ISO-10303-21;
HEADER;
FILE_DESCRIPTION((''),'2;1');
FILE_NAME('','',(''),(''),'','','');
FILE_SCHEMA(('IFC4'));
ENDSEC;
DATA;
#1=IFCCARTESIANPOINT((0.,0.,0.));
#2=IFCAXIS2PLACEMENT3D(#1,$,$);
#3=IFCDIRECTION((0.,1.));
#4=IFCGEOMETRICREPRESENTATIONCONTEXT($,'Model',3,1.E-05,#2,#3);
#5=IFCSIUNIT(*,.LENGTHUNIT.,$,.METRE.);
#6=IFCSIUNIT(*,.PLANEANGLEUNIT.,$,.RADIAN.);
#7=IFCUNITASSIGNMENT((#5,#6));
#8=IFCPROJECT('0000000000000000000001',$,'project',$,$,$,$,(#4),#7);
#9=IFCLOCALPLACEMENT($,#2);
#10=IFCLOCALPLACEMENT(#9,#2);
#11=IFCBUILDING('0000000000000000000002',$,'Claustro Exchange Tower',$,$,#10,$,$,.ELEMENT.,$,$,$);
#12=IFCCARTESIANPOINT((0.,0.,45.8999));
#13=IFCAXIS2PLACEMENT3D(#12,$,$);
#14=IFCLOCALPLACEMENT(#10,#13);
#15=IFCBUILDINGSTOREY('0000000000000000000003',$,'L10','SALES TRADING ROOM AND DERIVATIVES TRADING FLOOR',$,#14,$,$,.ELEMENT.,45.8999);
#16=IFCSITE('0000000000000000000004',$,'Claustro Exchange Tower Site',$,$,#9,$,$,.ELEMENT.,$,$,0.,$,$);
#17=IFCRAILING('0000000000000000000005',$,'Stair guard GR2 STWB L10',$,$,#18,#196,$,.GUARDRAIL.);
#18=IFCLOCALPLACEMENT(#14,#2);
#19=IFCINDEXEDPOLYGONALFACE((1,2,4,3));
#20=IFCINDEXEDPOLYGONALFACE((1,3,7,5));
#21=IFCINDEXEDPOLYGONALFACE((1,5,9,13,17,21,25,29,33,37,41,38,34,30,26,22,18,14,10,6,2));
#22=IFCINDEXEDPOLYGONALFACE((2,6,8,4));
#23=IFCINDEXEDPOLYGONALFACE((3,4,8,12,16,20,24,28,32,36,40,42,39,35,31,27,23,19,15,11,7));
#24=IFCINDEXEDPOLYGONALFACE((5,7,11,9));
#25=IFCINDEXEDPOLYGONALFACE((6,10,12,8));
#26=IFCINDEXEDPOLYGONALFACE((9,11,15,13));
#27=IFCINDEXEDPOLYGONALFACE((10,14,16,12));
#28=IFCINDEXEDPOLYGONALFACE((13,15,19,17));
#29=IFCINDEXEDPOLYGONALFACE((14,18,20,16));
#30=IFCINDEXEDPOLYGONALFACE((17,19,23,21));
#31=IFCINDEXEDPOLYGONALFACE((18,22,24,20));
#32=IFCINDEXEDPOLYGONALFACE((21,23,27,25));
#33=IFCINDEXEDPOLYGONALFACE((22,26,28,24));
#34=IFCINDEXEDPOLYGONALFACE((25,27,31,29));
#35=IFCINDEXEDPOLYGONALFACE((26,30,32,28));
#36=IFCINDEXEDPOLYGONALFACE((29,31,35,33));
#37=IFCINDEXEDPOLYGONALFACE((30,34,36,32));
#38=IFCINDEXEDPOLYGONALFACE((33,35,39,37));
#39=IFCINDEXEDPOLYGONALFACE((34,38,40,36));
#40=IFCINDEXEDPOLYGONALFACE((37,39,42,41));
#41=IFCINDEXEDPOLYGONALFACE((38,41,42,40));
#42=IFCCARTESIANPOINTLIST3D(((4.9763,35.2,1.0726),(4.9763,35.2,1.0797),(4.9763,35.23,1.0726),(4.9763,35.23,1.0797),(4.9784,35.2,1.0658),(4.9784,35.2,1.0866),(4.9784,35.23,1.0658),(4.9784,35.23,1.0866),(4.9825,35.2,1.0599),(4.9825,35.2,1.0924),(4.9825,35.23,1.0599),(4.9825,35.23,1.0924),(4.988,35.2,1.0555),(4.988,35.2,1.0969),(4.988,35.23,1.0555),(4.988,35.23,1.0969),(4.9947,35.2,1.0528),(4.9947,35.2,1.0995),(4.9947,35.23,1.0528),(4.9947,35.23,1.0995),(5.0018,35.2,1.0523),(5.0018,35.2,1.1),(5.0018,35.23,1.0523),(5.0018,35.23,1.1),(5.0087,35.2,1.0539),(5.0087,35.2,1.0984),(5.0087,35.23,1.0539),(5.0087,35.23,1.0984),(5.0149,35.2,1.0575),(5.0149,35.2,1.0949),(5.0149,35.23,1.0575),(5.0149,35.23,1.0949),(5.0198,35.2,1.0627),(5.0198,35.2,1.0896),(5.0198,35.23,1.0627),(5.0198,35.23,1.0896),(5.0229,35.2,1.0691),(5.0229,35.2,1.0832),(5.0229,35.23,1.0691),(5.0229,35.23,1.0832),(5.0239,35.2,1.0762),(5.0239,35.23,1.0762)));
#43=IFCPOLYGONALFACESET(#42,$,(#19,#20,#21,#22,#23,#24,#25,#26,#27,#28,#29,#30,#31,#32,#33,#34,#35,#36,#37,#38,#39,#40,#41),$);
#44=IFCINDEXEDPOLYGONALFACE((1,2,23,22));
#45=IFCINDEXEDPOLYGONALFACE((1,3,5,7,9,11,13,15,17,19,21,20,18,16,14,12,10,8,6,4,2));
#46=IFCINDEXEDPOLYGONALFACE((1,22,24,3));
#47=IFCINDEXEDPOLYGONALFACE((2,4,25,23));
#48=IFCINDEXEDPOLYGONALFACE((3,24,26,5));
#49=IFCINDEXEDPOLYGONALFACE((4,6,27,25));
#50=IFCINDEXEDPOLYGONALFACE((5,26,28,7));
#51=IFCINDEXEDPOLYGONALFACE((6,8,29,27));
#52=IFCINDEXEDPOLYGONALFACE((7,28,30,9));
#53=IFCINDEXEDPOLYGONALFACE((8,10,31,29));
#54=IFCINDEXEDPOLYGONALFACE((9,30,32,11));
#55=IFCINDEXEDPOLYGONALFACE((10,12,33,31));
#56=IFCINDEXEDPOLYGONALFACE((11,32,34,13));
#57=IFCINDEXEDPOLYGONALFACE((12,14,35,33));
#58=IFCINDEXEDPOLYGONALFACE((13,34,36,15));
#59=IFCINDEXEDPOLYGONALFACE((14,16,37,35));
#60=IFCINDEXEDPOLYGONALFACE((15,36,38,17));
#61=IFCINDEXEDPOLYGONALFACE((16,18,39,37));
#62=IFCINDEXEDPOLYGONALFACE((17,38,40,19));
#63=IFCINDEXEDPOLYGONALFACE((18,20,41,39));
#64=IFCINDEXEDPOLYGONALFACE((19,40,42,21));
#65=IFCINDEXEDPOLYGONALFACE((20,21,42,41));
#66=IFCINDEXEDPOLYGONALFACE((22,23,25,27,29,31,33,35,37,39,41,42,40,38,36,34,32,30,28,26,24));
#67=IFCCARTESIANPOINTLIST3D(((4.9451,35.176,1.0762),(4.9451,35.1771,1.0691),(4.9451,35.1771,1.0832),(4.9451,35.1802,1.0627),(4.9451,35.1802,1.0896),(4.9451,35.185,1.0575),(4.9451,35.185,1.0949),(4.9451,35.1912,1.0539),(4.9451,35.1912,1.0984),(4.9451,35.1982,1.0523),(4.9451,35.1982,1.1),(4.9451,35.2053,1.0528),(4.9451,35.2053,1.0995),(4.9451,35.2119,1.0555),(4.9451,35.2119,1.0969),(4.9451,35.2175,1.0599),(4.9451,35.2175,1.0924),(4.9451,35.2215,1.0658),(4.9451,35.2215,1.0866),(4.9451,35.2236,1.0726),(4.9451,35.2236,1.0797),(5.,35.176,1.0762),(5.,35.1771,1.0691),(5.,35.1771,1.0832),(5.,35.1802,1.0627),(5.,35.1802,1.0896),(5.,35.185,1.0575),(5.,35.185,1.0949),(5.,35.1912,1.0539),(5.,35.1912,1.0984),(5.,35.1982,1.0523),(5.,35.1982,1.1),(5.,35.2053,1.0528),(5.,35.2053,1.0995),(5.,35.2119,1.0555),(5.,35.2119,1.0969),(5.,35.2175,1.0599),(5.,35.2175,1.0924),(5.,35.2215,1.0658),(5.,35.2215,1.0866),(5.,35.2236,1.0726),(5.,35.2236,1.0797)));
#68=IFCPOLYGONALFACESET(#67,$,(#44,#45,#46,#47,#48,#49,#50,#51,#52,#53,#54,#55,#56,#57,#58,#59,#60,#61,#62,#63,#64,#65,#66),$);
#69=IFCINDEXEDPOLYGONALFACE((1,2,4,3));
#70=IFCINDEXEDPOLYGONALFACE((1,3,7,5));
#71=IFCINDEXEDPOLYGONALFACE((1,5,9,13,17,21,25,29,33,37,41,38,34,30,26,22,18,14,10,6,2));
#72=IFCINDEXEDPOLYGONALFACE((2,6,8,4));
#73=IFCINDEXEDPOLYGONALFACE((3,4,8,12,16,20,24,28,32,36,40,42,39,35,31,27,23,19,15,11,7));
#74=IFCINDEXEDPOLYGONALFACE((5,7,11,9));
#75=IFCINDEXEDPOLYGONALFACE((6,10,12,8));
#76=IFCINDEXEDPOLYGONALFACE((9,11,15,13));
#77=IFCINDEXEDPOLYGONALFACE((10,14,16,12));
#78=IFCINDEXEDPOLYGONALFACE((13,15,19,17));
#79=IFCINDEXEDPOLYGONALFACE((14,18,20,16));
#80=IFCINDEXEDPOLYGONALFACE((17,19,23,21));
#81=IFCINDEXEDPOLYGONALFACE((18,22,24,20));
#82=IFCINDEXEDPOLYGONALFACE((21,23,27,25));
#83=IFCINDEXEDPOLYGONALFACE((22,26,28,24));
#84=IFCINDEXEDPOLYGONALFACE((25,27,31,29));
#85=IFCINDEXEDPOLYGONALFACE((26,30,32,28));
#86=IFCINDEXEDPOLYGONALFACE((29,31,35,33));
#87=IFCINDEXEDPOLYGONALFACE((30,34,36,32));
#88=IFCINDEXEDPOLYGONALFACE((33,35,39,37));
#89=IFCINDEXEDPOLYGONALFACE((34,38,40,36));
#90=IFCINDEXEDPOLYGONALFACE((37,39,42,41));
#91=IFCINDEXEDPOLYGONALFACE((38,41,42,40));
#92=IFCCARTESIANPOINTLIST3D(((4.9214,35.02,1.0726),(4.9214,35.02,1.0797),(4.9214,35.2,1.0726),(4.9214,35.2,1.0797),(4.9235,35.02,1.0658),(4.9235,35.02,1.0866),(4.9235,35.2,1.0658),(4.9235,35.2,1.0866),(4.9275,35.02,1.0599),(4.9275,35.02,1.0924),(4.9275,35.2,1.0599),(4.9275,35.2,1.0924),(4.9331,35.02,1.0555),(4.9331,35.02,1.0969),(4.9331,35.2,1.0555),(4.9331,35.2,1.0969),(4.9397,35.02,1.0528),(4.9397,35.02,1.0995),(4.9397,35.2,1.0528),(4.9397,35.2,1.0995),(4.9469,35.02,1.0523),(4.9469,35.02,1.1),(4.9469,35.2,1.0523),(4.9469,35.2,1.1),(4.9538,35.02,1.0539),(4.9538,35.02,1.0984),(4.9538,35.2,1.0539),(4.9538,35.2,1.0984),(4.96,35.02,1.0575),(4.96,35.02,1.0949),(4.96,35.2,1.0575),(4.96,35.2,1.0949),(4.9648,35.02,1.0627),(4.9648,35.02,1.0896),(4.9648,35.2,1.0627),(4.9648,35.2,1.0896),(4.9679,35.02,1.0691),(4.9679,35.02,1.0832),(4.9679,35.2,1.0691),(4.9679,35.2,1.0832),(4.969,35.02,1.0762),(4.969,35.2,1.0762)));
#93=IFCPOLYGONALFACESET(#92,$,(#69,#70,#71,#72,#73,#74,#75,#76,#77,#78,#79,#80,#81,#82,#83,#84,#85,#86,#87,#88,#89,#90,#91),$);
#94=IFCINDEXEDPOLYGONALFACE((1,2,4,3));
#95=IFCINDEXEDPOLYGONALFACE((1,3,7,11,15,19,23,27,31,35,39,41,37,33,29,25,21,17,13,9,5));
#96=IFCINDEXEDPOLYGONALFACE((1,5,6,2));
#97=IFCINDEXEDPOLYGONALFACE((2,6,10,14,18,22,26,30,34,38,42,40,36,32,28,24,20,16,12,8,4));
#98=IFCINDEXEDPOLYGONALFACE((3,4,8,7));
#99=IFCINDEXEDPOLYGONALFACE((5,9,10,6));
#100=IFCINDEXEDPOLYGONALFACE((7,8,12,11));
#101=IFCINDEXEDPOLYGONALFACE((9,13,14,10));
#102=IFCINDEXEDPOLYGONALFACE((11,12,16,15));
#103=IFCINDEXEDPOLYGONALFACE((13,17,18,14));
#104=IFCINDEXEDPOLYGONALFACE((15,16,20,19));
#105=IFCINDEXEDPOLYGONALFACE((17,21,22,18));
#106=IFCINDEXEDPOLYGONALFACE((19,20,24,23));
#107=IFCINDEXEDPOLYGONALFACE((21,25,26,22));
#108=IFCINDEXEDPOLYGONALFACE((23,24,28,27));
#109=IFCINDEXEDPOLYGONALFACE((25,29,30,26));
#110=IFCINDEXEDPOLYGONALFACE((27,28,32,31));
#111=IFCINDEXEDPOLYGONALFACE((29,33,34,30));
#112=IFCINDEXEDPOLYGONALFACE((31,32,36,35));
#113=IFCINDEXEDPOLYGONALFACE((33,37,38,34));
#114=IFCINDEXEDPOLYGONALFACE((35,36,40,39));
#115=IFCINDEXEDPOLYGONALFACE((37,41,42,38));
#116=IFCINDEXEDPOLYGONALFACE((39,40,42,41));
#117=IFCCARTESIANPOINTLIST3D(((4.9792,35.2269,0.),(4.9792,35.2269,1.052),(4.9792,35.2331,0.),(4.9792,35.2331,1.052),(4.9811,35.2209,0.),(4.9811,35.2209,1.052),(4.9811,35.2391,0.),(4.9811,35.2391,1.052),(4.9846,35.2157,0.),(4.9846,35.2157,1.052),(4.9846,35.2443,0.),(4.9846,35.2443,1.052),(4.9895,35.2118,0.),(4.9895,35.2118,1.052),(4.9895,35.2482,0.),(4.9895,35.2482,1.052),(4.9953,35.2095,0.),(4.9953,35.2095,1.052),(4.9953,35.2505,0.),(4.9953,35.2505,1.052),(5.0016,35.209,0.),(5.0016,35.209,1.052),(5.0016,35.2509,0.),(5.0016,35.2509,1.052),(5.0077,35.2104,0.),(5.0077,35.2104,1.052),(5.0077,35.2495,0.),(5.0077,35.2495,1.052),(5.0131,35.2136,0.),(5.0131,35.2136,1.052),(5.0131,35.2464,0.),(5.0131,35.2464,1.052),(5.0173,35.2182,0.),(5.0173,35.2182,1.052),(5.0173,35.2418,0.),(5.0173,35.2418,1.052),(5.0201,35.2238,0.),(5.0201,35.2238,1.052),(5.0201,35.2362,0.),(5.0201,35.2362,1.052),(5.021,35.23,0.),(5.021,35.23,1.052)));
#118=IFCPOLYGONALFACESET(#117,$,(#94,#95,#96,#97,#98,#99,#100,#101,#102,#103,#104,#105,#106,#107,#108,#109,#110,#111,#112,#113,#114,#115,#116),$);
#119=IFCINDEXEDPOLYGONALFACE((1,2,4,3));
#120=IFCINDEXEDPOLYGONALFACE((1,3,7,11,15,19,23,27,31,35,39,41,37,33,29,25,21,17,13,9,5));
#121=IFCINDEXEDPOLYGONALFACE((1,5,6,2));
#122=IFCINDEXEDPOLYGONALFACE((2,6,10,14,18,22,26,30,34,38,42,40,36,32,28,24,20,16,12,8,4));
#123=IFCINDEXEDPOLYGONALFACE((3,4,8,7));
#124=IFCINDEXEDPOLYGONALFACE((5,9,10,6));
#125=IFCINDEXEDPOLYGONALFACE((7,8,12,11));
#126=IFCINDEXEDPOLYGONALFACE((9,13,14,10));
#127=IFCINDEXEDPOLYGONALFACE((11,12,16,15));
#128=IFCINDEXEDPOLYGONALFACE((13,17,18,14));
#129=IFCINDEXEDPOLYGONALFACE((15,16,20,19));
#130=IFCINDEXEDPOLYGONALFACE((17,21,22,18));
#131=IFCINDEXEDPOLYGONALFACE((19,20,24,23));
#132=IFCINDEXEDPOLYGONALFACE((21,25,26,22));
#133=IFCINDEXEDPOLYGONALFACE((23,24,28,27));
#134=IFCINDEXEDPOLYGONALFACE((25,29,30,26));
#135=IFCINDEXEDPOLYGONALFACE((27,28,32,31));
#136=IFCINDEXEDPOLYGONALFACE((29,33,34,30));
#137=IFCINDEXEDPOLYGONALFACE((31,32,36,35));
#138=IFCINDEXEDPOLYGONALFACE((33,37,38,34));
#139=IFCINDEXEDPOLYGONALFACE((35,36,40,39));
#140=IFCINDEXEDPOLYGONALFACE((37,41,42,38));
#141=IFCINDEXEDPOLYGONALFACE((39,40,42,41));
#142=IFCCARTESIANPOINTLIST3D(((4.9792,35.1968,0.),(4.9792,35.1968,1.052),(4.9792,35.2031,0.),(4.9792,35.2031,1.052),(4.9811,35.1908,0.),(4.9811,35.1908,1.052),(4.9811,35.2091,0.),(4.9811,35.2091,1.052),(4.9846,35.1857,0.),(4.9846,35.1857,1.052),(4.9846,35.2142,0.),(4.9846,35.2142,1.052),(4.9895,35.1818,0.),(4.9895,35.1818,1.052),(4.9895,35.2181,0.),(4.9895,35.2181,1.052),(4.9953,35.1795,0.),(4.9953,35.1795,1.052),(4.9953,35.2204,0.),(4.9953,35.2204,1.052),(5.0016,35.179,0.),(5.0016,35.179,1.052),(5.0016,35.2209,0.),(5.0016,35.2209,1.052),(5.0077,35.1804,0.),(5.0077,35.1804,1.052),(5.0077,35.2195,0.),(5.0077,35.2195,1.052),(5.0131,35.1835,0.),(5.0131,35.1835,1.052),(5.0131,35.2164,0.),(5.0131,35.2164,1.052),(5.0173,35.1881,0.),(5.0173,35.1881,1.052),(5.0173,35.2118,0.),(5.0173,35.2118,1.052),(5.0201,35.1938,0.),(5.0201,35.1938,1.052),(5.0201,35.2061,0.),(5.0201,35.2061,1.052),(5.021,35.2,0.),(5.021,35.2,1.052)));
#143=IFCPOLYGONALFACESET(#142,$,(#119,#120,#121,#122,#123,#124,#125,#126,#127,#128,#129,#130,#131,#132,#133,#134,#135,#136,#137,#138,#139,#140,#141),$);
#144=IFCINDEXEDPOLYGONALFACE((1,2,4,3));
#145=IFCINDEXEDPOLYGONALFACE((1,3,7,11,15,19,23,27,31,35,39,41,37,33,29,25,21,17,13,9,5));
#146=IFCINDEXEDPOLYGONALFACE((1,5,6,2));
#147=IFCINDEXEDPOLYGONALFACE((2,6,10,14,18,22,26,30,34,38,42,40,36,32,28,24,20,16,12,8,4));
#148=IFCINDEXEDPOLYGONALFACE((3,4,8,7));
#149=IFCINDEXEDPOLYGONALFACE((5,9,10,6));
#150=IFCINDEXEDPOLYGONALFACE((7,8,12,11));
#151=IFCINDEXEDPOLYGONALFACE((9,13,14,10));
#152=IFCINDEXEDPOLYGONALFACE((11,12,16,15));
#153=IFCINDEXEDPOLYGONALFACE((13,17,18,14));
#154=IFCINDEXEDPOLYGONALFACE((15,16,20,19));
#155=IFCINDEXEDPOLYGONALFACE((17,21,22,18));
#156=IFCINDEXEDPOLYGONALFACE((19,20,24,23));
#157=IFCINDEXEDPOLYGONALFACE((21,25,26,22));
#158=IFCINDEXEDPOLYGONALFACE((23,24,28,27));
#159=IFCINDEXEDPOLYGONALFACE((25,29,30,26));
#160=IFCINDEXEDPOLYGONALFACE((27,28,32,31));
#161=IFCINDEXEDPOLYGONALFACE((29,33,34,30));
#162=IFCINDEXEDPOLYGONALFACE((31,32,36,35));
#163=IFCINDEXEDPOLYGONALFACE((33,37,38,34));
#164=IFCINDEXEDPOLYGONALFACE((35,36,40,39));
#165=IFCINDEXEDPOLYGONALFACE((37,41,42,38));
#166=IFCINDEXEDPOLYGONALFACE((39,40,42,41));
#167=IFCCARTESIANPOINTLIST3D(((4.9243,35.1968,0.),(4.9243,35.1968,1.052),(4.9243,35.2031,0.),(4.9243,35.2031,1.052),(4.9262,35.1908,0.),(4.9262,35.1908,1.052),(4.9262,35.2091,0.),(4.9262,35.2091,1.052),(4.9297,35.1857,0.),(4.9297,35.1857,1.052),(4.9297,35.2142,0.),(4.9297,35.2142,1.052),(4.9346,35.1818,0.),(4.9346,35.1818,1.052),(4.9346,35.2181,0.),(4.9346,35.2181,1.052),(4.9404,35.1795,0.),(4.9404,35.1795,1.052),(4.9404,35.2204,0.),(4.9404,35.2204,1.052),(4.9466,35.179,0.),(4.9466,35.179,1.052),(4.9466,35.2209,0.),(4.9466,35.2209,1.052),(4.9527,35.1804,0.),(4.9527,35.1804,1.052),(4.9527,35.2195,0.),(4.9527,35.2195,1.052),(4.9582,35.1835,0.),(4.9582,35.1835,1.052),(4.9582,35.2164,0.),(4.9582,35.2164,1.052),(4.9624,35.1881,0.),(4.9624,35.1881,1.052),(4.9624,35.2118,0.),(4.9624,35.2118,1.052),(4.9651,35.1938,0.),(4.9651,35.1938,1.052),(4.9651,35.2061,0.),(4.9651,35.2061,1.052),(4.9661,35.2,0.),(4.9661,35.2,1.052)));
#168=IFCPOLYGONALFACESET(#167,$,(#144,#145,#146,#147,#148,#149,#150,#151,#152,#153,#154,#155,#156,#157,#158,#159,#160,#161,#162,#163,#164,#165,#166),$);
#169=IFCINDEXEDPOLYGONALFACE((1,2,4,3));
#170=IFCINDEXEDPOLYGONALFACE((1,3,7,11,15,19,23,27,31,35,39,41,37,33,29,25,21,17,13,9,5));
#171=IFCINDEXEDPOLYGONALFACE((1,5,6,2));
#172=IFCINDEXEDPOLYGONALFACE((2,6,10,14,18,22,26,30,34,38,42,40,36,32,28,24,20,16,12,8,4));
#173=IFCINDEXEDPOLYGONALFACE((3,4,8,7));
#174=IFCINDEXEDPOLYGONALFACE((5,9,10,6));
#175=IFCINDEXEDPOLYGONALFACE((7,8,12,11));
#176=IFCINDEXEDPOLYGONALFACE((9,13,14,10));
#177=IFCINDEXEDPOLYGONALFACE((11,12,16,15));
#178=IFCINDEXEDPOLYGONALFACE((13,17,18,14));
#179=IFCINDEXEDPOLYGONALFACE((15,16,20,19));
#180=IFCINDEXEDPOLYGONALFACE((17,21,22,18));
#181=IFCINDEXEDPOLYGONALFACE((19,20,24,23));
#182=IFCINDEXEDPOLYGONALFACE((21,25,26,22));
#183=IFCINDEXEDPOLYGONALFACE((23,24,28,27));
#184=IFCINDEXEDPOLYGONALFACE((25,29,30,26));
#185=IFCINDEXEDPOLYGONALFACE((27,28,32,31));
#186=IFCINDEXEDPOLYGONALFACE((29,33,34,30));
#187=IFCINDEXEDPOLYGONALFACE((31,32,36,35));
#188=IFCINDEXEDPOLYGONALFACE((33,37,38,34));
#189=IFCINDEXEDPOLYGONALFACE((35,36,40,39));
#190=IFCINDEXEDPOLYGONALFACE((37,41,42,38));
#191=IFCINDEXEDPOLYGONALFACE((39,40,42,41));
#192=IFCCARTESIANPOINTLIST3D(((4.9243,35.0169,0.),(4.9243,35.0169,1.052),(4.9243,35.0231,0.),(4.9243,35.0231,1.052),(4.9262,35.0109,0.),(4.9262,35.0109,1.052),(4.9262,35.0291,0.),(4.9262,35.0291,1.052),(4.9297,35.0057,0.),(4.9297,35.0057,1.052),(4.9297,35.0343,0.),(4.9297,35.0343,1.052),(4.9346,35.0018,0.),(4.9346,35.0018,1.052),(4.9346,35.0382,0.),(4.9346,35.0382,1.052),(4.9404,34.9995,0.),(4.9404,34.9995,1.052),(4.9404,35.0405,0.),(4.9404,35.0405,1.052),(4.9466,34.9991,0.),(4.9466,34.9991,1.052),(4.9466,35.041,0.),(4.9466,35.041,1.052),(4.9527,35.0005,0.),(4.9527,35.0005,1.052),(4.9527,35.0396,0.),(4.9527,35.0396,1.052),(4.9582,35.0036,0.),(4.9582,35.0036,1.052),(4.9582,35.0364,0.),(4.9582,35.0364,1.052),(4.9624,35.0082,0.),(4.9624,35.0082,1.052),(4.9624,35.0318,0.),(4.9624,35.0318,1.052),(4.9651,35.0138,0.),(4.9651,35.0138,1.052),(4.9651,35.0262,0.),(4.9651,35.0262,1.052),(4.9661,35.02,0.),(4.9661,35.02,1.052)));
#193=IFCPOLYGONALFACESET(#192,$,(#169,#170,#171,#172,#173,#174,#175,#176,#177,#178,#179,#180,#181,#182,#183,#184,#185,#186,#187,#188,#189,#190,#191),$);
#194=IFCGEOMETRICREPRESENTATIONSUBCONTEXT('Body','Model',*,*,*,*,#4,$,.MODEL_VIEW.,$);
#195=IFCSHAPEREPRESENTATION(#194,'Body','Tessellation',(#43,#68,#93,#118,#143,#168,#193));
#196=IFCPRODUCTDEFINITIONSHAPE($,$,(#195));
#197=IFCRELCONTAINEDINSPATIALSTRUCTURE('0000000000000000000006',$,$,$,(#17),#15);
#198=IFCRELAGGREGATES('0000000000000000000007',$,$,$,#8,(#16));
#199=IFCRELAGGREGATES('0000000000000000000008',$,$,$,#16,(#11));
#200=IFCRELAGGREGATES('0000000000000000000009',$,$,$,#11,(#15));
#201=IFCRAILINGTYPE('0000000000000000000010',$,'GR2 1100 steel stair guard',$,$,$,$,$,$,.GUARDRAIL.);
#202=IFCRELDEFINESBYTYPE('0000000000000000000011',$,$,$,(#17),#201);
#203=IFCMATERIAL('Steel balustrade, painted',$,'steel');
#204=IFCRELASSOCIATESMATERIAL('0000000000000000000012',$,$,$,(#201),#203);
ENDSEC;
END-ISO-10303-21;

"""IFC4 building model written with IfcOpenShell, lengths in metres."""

from ifc_helpers import new_model, si_unit, direction, frame, origin, origin_2d, place, context, subcontext, project, spatial, circle, extrude, material, type_object, element, save


model = new_model("IFC4")

# Units and contexts
model_context = context("Model", 3, precision=1e-05, world=origin(), true_north=direction((0.0, 1.0)))
body_context = subcontext(model_context, "Body", "Model", "MODEL_VIEW")
ifc_project = project(units=[si_unit("LENGTHUNIT", "METRE"), si_unit("PLANEANGLEUNIT", "RADIAN")], contexts=[model_context])

# Site, building, storey
site_placement = place(None, origin())
site = spatial("IfcSite", under=ifc_project, at=site_placement, Name="Claustro Exchange Tower Site", CompositionType="ELEMENT", RefElevation=0.0)
building_placement = place(site_placement, origin())
building = spatial("IfcBuilding", under=site, at=building_placement, Name="Claustro Exchange Tower", CompositionType="ELEMENT")
storey_placement = place(building_placement, frame((0.0, 0.0, 45.8999)))
storey = spatial("IfcBuildingStorey", under=building, at=storey_placement, Name="L10", Description="SALES TRADING ROOM AND DERIVATIVES TRADING FLOOR", CompositionType="ELEMENT", Elevation=45.8999)

# Railing
ifc_material_1 = material(Name="Steel balustrade, painted", Category="steel")
railing_type_1 = type_object("IfcRailingType", Name="GR2 1100 steel stair guard", PredefinedType="GUARDRAIL", material=ifc_material_1)
railing_1_placement = place(storey_placement, frame((5.0, 35.23, 0.0)))
element("IfcRailing", 1, at=railing_1_placement, inside=storey, type_object=railing_type_1, Name="Stair guard GR2 STWB L10", PredefinedType="GUARDRAIL", context=body_context, shape_type="SweptSolid", body=[
    extrude(circle(Radius=0.0239, at=origin_2d()), frame((0.0, 0.0, 1.0762), z_axis=(0.0, -1.0, 0.0), x_axis=(1.0, 0.0, 0.0)), (0.0, 0.0, 1.0), 0.03),
    extrude(circle(Radius=0.0239, at=origin_2d()), frame((0.0, -0.03, 1.0762), z_axis=(-1.0, 0.0, 0.0), x_axis=(0.0, -1.0, 0.0)), (0.0, 0.0, 1.0), 0.0549),
    extrude(circle(Radius=0.0239, at=origin_2d()), frame((-0.0549, -0.03, 1.0762), z_axis=(0.0, -1.0, 0.0), x_axis=(1.0, 0.0, 0.0)), (0.0, 0.0, 1.0), 0.1799),
    extrude(circle(Radius=0.021, at=origin_2d()), origin(), (0.0, 0.0, 1.0), 1.052),
    extrude(circle(Radius=0.021, at=origin_2d()), frame((0.0, -0.03, 0.0)), (0.0, 0.0, 1.0), 1.052),
    extrude(circle(Radius=0.021, at=origin_2d()), frame((-0.0549, -0.03, 0.0)), (0.0, 0.0, 1.0), 1.052),
    extrude(circle(Radius=0.021, at=origin_2d()), frame((-0.0549, -0.21, 0.0)), (0.0, 0.0, 1.0), 1.052),
])

save(model, "model.ifc")
